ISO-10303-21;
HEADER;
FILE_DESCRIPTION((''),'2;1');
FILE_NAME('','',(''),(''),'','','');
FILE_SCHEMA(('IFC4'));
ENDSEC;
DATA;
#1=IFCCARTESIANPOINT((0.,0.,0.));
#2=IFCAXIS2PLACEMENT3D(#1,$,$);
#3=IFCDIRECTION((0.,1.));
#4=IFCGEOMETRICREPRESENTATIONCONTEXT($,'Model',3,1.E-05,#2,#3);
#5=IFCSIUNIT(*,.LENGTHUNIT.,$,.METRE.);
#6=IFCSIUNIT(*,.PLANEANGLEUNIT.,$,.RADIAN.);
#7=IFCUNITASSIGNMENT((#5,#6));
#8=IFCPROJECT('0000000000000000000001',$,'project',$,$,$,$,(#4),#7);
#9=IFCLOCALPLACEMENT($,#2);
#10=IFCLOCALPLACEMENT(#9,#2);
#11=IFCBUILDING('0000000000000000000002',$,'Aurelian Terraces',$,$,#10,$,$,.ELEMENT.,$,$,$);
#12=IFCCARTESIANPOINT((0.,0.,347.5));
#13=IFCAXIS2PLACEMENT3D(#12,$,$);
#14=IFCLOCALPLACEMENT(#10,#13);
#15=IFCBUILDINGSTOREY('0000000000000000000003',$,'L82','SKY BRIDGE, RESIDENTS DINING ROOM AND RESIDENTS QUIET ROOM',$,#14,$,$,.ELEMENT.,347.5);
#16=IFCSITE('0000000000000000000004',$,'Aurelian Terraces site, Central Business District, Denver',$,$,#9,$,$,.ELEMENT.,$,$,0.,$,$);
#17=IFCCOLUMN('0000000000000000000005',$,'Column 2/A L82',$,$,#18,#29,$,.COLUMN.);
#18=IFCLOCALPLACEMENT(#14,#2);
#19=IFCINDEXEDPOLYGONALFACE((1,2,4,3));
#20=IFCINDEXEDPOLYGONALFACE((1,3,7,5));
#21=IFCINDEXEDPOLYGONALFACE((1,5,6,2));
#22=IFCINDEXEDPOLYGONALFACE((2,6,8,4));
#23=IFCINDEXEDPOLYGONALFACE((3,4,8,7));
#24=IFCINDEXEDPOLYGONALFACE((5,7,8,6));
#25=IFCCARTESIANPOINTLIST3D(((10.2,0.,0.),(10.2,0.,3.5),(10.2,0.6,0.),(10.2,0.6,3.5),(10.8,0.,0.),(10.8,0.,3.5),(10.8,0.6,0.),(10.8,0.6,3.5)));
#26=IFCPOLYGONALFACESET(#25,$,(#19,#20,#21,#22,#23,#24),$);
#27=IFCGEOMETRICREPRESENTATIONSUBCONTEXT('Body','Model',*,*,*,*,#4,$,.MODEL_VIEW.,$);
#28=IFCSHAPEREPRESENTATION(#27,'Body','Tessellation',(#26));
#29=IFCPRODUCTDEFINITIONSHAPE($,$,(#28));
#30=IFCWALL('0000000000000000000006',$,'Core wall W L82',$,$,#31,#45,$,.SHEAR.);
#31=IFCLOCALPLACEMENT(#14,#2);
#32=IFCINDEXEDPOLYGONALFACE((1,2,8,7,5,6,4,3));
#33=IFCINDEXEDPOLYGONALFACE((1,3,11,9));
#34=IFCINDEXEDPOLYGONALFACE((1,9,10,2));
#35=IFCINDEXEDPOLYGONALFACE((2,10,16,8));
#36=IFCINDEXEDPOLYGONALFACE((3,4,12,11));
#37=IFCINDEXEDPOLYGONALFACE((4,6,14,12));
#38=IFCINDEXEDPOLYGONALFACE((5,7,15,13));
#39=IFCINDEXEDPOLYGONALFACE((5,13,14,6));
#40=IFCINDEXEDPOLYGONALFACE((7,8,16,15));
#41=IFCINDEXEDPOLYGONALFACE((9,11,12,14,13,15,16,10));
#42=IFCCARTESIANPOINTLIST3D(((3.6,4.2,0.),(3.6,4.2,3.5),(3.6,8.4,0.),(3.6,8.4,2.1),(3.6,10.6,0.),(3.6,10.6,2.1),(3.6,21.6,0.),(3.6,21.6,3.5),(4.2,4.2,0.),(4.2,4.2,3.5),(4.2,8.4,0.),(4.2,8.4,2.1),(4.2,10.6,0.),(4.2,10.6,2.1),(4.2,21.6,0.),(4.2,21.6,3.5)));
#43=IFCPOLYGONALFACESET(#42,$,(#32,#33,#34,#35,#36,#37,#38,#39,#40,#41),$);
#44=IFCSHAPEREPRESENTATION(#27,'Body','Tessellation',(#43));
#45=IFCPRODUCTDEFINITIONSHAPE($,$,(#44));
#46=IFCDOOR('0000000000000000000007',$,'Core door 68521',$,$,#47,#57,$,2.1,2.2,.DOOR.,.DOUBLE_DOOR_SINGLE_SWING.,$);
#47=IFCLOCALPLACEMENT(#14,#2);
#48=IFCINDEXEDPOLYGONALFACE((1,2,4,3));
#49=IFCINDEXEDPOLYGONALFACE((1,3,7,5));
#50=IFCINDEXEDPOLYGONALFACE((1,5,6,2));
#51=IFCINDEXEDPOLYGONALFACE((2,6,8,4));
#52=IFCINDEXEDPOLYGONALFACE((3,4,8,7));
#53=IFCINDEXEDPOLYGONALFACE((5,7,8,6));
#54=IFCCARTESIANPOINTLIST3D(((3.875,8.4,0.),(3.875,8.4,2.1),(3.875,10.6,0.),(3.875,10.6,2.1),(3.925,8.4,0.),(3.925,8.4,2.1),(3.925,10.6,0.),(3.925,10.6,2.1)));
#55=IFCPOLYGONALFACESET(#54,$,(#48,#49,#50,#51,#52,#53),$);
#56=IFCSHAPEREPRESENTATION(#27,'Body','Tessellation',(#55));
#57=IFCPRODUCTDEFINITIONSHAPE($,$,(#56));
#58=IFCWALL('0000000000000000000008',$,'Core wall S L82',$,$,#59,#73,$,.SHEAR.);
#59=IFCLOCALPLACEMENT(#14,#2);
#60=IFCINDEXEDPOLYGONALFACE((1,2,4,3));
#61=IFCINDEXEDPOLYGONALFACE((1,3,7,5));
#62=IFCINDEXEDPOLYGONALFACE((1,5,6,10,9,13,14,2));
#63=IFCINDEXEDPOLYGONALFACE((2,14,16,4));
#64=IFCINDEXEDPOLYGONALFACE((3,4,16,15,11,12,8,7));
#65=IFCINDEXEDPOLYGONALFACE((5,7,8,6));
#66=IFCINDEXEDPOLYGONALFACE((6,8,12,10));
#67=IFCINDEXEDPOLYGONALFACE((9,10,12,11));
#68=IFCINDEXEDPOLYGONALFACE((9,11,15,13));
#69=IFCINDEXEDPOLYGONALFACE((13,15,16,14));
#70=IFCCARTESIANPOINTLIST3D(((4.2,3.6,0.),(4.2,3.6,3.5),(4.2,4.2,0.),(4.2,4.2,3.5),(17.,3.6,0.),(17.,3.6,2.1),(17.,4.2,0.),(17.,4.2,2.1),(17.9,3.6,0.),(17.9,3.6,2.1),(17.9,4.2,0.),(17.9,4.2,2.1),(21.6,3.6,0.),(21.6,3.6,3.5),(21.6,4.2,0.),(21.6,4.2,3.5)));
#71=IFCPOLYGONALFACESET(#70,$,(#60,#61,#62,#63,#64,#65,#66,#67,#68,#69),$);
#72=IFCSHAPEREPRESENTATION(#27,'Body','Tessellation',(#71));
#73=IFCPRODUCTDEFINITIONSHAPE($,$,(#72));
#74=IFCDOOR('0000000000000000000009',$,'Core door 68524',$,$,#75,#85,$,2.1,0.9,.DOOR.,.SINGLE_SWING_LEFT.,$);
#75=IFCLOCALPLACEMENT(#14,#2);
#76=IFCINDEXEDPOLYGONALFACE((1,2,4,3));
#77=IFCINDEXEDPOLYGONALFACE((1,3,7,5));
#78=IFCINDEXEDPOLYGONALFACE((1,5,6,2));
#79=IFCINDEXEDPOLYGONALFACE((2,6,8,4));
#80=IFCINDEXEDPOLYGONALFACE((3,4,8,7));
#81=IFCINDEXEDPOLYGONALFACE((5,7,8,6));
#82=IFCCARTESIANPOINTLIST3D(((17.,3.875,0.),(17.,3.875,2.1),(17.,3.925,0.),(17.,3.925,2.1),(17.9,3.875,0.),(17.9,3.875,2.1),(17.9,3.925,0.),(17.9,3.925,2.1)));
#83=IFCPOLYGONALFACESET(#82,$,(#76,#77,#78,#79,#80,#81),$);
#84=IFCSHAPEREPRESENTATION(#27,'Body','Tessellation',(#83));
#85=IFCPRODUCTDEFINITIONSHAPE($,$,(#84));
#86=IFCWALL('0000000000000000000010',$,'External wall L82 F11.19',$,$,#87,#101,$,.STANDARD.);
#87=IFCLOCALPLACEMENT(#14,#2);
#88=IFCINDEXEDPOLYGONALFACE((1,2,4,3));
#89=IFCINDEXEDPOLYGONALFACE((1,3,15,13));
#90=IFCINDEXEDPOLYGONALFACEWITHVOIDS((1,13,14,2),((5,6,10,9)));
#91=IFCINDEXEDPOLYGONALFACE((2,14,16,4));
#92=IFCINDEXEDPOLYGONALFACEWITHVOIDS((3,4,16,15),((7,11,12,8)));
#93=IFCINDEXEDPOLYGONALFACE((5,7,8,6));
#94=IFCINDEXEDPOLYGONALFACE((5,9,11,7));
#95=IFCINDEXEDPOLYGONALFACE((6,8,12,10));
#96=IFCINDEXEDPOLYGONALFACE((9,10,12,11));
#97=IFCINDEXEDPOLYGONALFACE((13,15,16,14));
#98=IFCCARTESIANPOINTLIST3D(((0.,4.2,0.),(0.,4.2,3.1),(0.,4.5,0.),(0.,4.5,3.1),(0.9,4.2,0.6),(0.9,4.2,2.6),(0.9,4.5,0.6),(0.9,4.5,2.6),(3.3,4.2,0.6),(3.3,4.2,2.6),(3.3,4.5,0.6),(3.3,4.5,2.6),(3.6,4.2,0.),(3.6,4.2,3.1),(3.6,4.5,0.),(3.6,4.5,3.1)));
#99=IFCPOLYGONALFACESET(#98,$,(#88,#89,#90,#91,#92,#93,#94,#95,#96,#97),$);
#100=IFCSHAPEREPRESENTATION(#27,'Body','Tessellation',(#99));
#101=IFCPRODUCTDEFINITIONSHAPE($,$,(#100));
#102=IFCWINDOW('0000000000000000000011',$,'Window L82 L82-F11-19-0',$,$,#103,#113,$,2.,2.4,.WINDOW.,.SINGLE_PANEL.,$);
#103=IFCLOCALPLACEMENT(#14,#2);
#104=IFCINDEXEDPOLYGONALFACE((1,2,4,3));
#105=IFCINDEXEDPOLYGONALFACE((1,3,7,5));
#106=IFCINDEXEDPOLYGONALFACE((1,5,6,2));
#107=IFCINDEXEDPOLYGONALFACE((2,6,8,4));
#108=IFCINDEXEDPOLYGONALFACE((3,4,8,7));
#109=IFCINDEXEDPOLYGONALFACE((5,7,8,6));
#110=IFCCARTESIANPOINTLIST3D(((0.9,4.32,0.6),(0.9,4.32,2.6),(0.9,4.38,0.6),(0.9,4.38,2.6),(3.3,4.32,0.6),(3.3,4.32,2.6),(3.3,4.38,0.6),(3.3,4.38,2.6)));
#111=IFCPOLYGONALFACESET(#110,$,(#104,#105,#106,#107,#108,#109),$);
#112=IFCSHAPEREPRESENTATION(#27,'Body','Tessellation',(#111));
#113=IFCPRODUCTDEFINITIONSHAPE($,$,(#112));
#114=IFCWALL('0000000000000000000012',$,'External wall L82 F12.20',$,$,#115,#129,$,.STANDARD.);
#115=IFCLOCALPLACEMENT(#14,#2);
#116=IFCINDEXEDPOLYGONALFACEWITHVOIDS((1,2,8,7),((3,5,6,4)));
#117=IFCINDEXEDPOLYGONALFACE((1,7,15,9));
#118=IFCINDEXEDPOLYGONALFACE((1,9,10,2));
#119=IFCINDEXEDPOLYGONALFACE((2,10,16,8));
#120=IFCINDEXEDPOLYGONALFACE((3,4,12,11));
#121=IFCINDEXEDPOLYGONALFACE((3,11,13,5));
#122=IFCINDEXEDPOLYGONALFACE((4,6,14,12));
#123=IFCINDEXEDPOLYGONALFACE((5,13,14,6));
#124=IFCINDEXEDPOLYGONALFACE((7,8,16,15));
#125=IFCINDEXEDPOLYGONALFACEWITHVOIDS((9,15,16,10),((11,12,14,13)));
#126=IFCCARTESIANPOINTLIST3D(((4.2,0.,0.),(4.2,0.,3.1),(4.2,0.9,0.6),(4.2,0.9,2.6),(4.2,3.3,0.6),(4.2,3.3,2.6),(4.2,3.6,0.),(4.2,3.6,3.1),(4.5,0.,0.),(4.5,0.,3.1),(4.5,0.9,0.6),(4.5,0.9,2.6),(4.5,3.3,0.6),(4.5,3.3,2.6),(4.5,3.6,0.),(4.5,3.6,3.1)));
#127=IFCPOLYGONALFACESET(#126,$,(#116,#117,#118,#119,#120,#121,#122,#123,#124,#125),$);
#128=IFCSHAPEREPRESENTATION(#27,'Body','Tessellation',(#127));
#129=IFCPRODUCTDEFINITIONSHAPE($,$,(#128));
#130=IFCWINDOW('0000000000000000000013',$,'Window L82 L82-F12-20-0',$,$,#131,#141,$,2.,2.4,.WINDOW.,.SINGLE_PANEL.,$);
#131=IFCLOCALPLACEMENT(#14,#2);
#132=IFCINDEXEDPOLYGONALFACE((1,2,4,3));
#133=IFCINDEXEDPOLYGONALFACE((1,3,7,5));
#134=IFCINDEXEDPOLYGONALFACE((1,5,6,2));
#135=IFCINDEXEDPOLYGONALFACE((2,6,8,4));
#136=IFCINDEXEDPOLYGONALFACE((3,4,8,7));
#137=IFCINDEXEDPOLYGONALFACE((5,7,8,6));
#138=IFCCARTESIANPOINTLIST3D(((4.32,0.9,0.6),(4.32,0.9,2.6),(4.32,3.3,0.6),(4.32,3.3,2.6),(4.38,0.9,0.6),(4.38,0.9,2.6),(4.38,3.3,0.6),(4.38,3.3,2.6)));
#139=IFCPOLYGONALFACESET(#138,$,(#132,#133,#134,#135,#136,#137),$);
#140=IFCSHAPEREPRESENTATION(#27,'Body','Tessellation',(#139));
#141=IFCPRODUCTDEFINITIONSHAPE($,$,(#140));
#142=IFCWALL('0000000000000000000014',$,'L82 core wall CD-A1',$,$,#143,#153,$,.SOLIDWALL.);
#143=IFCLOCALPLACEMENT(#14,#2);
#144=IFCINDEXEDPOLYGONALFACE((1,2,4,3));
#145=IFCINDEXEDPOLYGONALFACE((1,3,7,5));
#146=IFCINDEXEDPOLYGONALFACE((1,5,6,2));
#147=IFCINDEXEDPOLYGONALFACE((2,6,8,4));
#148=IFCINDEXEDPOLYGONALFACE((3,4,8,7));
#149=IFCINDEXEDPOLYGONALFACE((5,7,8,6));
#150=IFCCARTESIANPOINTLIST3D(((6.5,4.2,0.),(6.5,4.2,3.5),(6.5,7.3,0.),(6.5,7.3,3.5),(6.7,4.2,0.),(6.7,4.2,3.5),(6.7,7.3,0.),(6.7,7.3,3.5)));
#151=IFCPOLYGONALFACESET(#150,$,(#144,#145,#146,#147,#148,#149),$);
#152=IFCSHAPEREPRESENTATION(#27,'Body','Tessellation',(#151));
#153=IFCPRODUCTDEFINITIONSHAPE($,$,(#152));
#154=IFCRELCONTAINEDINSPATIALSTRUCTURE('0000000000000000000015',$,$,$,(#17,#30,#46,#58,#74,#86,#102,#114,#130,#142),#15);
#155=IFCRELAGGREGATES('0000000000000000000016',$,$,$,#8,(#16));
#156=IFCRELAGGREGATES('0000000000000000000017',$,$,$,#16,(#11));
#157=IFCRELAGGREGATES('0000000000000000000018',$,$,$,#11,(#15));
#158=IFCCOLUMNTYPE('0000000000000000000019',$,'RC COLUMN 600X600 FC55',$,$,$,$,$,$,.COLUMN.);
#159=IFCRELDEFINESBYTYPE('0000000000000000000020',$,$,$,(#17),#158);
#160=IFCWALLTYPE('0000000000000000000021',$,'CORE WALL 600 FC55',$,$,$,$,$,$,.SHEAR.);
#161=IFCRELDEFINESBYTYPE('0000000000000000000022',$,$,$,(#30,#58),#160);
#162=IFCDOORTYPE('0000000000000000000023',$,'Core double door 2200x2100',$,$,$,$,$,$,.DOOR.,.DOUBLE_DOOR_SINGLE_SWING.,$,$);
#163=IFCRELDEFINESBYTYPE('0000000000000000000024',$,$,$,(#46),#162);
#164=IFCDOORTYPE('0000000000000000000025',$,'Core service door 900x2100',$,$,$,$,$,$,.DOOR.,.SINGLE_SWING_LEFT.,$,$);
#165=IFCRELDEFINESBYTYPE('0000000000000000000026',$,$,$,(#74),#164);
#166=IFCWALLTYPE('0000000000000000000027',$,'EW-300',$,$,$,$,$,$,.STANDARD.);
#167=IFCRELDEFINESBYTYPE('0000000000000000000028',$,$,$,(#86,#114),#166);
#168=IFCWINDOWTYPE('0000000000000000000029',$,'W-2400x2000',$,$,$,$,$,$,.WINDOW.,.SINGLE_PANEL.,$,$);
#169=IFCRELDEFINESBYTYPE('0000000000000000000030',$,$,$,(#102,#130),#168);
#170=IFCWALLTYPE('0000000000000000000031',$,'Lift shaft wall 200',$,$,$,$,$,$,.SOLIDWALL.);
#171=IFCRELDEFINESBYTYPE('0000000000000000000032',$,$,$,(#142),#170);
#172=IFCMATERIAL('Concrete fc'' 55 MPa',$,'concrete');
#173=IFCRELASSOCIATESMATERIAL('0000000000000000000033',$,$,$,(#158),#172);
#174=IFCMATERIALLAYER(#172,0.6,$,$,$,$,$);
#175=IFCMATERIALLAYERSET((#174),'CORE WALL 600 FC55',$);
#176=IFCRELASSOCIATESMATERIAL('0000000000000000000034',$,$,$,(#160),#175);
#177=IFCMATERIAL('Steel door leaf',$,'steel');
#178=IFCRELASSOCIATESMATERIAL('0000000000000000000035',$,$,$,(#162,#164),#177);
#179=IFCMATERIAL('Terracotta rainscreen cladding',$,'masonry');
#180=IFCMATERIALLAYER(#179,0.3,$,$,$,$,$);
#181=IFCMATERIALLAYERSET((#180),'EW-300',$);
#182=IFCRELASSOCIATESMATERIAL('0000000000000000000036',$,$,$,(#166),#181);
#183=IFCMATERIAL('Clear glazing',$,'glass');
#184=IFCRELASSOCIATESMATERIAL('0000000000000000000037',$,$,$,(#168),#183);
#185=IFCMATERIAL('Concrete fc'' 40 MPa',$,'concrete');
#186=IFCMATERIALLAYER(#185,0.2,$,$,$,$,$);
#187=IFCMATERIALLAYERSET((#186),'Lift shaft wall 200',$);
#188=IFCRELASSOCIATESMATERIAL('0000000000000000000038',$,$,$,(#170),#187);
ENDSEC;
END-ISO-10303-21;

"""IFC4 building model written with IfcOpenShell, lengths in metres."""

from ifc_helpers import new_model, si_unit, direction, frame, frame_2d, origin, origin_2d, place, context, subcontext, project, spatial, rectangle, extrude, source, transform, mapped, material, layer, layer_set, material_profile, profile_set, type_object, element, fill, save


model = new_model("IFC4")

# Units and contexts
model_context = context("Model", 3, precision=1e-05, world=origin(), true_north=direction((0.0, 1.0)))
body_context = subcontext(model_context, "Body", "Model", "MODEL_VIEW")
ifc_project = project(units=[si_unit("LENGTHUNIT", "METRE"), si_unit("PLANEANGLEUNIT", "RADIAN")], contexts=[model_context])

# Site, building, storey
site_placement = place(None, origin())
site = spatial("IfcSite", under=ifc_project, at=site_placement, Name="Aurelian Terraces site, Central Business District, Denver", CompositionType="ELEMENT", RefElevation=0.0)
building_placement = place(site_placement, origin())
building = spatial("IfcBuilding", under=site, at=building_placement, Name="Aurelian Terraces", CompositionType="ELEMENT")
storey_placement = place(building_placement, frame((0.0, 0.0, 347.5)))
storey = spatial("IfcBuildingStorey", under=building, at=storey_placement, Name="L82", Description="SKY BRIDGE, RESIDENTS DINING ROOM AND RESIDENTS QUIET ROOM", CompositionType="ELEMENT", Elevation=347.5)

# Column
ifc_material_1 = material(Name="Concrete fc' 55 MPa", Category="concrete")
ifc_material_profile = material_profile(ifc_material_1, rectangle(XDim=0.6, YDim=0.6, at=origin_2d()))
ifc_profile_set = profile_set([ifc_material_profile], Name="Concrete fc' 55 MPa")
column_type = type_object("IfcColumnType", Name="RC COLUMN 600X600 FC55", PredefinedType="COLUMN", material=ifc_profile_set)
shared_shape_1 = source(origin(), body_context, "Body", "SweptSolid", [
    extrude(rectangle(XDim=0.6, YDim=0.6, at=origin_2d()), origin(), (0.0, 0.0, 1.0), 3.5),
])
column_placement = place(storey_placement, frame((10.5, 0.3, 0.0), z_axis=(0.0, 0.0, 1.0), x_axis=(1.0, 0.0, 0.0)))
element("IfcColumn", 1, at=column_placement, inside=storey, type_object=column_type, Name="Column 2/A L82", PredefinedType="COLUMN", context=body_context, shape_type="MappedRepresentation", body=[
    mapped(shared_shape_1, transform((0.0, 0.0, 0.0), scale=1.0)),
])

# Walls, openings, doors
ifc_layer_1 = layer(ifc_material_1, 0.6)
ifc_layer_set_1 = layer_set([ifc_layer_1], Name="CORE WALL 600 FC55")
wall_type_1 = type_object("IfcWallType", Name="CORE WALL 600 FC55", PredefinedType="SHEAR", material=ifc_layer_set_1)
shared_shape_2 = source(origin(), body_context, "Body", "SweptSolid", [
    extrude(rectangle(XDim=17.4, YDim=0.6, at=frame_2d((8.7, 0.0))), origin(), (0.0, 0.0, 1.0), 3.5),
])
wall_1_placement = place(storey_placement, frame((3.9, 4.2, 0.0), z_axis=(0.0, 0.0, 1.0), x_axis=(0.0, 1.0, 0.0)))
wall_1 = element("IfcWall", 2, at=wall_1_placement, inside=storey, type_object=wall_type_1, Name="Core wall W L82", PredefinedType="SHEAR", context=body_context, shape_type="MappedRepresentation", body=[
    mapped(shared_shape_2, transform((0.0, 0.0, 0.0), scale=1.0)),
])
shared_shape_3 = source(origin(), body_context, "Body", "SweptSolid", [
    extrude(rectangle(XDim=2.2, YDim=2.1, at=frame_2d((1.1, 1.05))), frame((0.0, 0.31, 0.0), z_axis=(0.0, -1.0, 0.0), x_axis=(1.0, 0.0, 0.0)), (0.0, 0.0, 1.0), 0.62),
])
opening_1_placement = place(wall_1_placement, frame((4.2, 0.0, 0.0)))
opening_1 = element("IfcOpeningElement", 3, at=opening_1_placement, cuts=wall_1, PredefinedType="OPENING", context=body_context, shape_type="MappedRepresentation", body=[
    mapped(shared_shape_3, transform((0.0, 0.0, 0.0), scale=1.0)),
])
ifc_material_2 = material(Name="Steel door leaf", Category="steel")
door_type_1 = type_object("IfcDoorType", Name="Core double door 2200x2100", OperationType="DOUBLE_DOOR_SINGLE_SWING", PredefinedType="DOOR", material=ifc_material_2)
shared_shape_4 = source(origin(), body_context, "Body", "SweptSolid", [
    extrude(rectangle(XDim=2.2, YDim=2.1, at=frame_2d((1.1, 1.05))), frame((0.0, 0.025, 0.0), z_axis=(0.0, -1.0, 0.0), x_axis=(1.0, 0.0, 0.0)), (0.0, 0.0, 1.0), 0.05),
])
door_1_placement = place(opening_1_placement, origin())
door_1 = element("IfcDoor", 4, at=door_1_placement, inside=storey, type_object=door_type_1, Name="Core door 68521", OperationType="DOUBLE_DOOR_SINGLE_SWING", OverallHeight=2.1, OverallWidth=2.2, PredefinedType="DOOR", context=body_context, shape_type="MappedRepresentation", body=[
    mapped(shared_shape_4, transform((0.0, 0.0, 0.0), scale=1.0)),
])
fill(opening_1, door_1)
wall_2_placement = place(storey_placement, frame((4.2, 3.9, 0.0), z_axis=(0.0, 0.0, 1.0), x_axis=(1.0, 0.0, 0.0)))
wall_2 = element("IfcWall", 5, at=wall_2_placement, inside=storey, type_object=wall_type_1, Name="Core wall S L82", PredefinedType="SHEAR", context=body_context, shape_type="MappedRepresentation", body=[
    mapped(shared_shape_2, transform((0.0, 0.0, 0.0), scale=1.0)),
])
shared_shape_5 = source(origin(), body_context, "Body", "SweptSolid", [
    extrude(rectangle(XDim=0.9, YDim=2.1, at=frame_2d((0.45, 1.05))), frame((0.0, 0.31, 0.0), z_axis=(0.0, -1.0, 0.0), x_axis=(1.0, 0.0, 0.0)), (0.0, 0.0, 1.0), 0.62),
])
opening_2_placement = place(wall_2_placement, frame((12.8, 0.0, 0.0)))
opening_2 = element("IfcOpeningElement", 6, at=opening_2_placement, cuts=wall_2, PredefinedType="OPENING", context=body_context, shape_type="MappedRepresentation", body=[
    mapped(shared_shape_5, transform((0.0, 0.0, 0.0), scale=1.0)),
])
door_type_2 = type_object("IfcDoorType", Name="Core service door 900x2100", OperationType="SINGLE_SWING_LEFT", PredefinedType="DOOR", material=ifc_material_2)
shared_shape_6 = source(origin(), body_context, "Body", "SweptSolid", [
    extrude(rectangle(XDim=0.9, YDim=2.1, at=frame_2d((0.45, 1.05))), frame((0.0, 0.025, 0.0), z_axis=(0.0, -1.0, 0.0), x_axis=(1.0, 0.0, 0.0)), (0.0, 0.0, 1.0), 0.05),
])
door_2_placement = place(opening_2_placement, origin())
door_2 = element("IfcDoor", 7, at=door_2_placement, inside=storey, type_object=door_type_2, Name="Core door 68524", OperationType="SINGLE_SWING_LEFT", OverallHeight=2.1, OverallWidth=0.9, PredefinedType="DOOR", context=body_context, shape_type="MappedRepresentation", body=[
    mapped(shared_shape_6, transform((0.0, 0.0, 0.0), scale=1.0)),
])
fill(opening_2, door_2)

# Walls, openings, windows
ifc_material_3 = material(Name="Terracotta rainscreen cladding", Category="masonry")
ifc_layer_2 = layer(ifc_material_3, 0.3)
ifc_layer_set_2 = layer_set([ifc_layer_2], Name="EW-300")
wall_type_2 = type_object("IfcWallType", Name="EW-300", PredefinedType="STANDARD", material=ifc_layer_set_2)
shared_shape_7 = source(origin(), body_context, "Body", "SweptSolid", [
    extrude(rectangle(XDim=3.6, YDim=0.3, at=frame_2d((1.8, 0.0))), origin(), (0.0, 0.0, 1.0), 3.1),
])
wall_3_placement = place(storey_placement, frame((0.0, 4.35, 0.0), z_axis=(0.0, 0.0, 1.0), x_axis=(1.0, 0.0, 0.0)))
wall_3 = element("IfcWall", 8, at=wall_3_placement, inside=storey, type_object=wall_type_2, Name="External wall L82 F11.19", PredefinedType="STANDARD", context=body_context, shape_type="MappedRepresentation", body=[
    mapped(shared_shape_7, transform((0.0, 0.0, 0.0), scale=1.0)),
])
shared_shape_8 = source(origin(), body_context, "Body", "SweptSolid", [
    extrude(rectangle(XDim=2.4, YDim=2.0, at=frame_2d((1.2, 1.0))), frame((0.0, 0.16, 0.0), z_axis=(0.0, -1.0, 0.0), x_axis=(1.0, 0.0, 0.0)), (0.0, 0.0, 1.0), 0.32),
])
opening_3_placement = place(wall_3_placement, frame((0.9, 0.0, 0.6)))
opening_3 = element("IfcOpeningElement", 9, at=opening_3_placement, cuts=wall_3, PredefinedType="OPENING", context=body_context, shape_type="MappedRepresentation", body=[
    mapped(shared_shape_8, transform((0.0, 0.0, 0.0), scale=1.0)),
])
ifc_material_4 = material(Name="Clear glazing", Category="glass")
window_type = type_object("IfcWindowType", Name="W-2400x2000", PartitioningType="SINGLE_PANEL", PredefinedType="WINDOW", material=ifc_material_4)
shared_shape_9 = source(origin(), body_context, "Body", "SweptSolid", [
    extrude(rectangle(XDim=2.4, YDim=2.0, at=frame_2d((1.2, 1.0))), frame((0.0, 0.03, 0.0), z_axis=(0.0, -1.0, 0.0), x_axis=(1.0, 0.0, 0.0)), (0.0, 0.0, 1.0), 0.06),
])
window_1_placement = place(opening_3_placement, origin())
window_1 = element("IfcWindow", 10, at=window_1_placement, inside=storey, type_object=window_type, Name="Window L82 L82-F11-19-0", OverallHeight=2.0, OverallWidth=2.4, PartitioningType="SINGLE_PANEL", PredefinedType="WINDOW", context=body_context, shape_type="MappedRepresentation", body=[
    mapped(shared_shape_9, transform((0.0, 0.0, 0.0), scale=1.0)),
])
fill(opening_3, window_1)
wall_4_placement = place(storey_placement, frame((4.35, 3.6, 0.0), z_axis=(0.0, 0.0, 1.0), x_axis=(0.0, -1.0, 0.0)))
wall_4 = element("IfcWall", 11, at=wall_4_placement, inside=storey, type_object=wall_type_2, Name="External wall L82 F12.20", PredefinedType="STANDARD", context=body_context, shape_type="MappedRepresentation", body=[
    mapped(shared_shape_7, transform((0.0, 0.0, 0.0), scale=1.0)),
])
opening_4_placement = place(wall_4_placement, frame((0.3, 0.0, 0.6)))
opening_4 = element("IfcOpeningElement", 12, at=opening_4_placement, cuts=wall_4, PredefinedType="OPENING", context=body_context, shape_type="MappedRepresentation", body=[
    mapped(shared_shape_8, transform((0.0, 0.0, 0.0), scale=1.0)),
])
window_2_placement = place(opening_4_placement, origin())
window_2 = element("IfcWindow", 13, at=window_2_placement, inside=storey, type_object=window_type, Name="Window L82 L82-F12-20-0", OverallHeight=2.0, OverallWidth=2.4, PartitioningType="SINGLE_PANEL", PredefinedType="WINDOW", context=body_context, shape_type="MappedRepresentation", body=[
    mapped(shared_shape_9, transform((0.0, 0.0, 0.0), scale=1.0)),
])
fill(opening_4, window_2)

# Wall
ifc_material_5 = material(Name="Concrete fc' 40 MPa", Category="concrete")
ifc_layer_3 = layer(ifc_material_5, 0.2)
ifc_layer_set_3 = layer_set([ifc_layer_3], Name="Lift shaft wall 200")
wall_type_3 = type_object("IfcWallType", Name="Lift shaft wall 200", PredefinedType="SOLIDWALL", material=ifc_layer_set_3)
shared_shape_10 = source(origin(), body_context, "Body", "SweptSolid", [
    extrude(rectangle(XDim=3.1, YDim=0.2, at=frame_2d((1.55, 0.0))), origin(), (0.0, 0.0, 1.0), 3.5),
])
for number, where, z_axis, x_axis, name in (
    (14, (6.6, 4.2, 0.0), (0.0, 0.0, 1.0), (0.0, 1.0, 0.0), "L82 core wall CD-A1"),
):
    element("IfcWall", number, at=place(storey_placement, frame(where, z_axis=z_axis, x_axis=x_axis)), inside=storey, type_object=wall_type_3, Name=name, PredefinedType="SOLIDWALL", context=body_context, shape_type="MappedRepresentation", body=[
        mapped(shared_shape_10, transform((0.0, 0.0, 0.0), scale=1.0)),
    ])

save(model, "model.ifc")
